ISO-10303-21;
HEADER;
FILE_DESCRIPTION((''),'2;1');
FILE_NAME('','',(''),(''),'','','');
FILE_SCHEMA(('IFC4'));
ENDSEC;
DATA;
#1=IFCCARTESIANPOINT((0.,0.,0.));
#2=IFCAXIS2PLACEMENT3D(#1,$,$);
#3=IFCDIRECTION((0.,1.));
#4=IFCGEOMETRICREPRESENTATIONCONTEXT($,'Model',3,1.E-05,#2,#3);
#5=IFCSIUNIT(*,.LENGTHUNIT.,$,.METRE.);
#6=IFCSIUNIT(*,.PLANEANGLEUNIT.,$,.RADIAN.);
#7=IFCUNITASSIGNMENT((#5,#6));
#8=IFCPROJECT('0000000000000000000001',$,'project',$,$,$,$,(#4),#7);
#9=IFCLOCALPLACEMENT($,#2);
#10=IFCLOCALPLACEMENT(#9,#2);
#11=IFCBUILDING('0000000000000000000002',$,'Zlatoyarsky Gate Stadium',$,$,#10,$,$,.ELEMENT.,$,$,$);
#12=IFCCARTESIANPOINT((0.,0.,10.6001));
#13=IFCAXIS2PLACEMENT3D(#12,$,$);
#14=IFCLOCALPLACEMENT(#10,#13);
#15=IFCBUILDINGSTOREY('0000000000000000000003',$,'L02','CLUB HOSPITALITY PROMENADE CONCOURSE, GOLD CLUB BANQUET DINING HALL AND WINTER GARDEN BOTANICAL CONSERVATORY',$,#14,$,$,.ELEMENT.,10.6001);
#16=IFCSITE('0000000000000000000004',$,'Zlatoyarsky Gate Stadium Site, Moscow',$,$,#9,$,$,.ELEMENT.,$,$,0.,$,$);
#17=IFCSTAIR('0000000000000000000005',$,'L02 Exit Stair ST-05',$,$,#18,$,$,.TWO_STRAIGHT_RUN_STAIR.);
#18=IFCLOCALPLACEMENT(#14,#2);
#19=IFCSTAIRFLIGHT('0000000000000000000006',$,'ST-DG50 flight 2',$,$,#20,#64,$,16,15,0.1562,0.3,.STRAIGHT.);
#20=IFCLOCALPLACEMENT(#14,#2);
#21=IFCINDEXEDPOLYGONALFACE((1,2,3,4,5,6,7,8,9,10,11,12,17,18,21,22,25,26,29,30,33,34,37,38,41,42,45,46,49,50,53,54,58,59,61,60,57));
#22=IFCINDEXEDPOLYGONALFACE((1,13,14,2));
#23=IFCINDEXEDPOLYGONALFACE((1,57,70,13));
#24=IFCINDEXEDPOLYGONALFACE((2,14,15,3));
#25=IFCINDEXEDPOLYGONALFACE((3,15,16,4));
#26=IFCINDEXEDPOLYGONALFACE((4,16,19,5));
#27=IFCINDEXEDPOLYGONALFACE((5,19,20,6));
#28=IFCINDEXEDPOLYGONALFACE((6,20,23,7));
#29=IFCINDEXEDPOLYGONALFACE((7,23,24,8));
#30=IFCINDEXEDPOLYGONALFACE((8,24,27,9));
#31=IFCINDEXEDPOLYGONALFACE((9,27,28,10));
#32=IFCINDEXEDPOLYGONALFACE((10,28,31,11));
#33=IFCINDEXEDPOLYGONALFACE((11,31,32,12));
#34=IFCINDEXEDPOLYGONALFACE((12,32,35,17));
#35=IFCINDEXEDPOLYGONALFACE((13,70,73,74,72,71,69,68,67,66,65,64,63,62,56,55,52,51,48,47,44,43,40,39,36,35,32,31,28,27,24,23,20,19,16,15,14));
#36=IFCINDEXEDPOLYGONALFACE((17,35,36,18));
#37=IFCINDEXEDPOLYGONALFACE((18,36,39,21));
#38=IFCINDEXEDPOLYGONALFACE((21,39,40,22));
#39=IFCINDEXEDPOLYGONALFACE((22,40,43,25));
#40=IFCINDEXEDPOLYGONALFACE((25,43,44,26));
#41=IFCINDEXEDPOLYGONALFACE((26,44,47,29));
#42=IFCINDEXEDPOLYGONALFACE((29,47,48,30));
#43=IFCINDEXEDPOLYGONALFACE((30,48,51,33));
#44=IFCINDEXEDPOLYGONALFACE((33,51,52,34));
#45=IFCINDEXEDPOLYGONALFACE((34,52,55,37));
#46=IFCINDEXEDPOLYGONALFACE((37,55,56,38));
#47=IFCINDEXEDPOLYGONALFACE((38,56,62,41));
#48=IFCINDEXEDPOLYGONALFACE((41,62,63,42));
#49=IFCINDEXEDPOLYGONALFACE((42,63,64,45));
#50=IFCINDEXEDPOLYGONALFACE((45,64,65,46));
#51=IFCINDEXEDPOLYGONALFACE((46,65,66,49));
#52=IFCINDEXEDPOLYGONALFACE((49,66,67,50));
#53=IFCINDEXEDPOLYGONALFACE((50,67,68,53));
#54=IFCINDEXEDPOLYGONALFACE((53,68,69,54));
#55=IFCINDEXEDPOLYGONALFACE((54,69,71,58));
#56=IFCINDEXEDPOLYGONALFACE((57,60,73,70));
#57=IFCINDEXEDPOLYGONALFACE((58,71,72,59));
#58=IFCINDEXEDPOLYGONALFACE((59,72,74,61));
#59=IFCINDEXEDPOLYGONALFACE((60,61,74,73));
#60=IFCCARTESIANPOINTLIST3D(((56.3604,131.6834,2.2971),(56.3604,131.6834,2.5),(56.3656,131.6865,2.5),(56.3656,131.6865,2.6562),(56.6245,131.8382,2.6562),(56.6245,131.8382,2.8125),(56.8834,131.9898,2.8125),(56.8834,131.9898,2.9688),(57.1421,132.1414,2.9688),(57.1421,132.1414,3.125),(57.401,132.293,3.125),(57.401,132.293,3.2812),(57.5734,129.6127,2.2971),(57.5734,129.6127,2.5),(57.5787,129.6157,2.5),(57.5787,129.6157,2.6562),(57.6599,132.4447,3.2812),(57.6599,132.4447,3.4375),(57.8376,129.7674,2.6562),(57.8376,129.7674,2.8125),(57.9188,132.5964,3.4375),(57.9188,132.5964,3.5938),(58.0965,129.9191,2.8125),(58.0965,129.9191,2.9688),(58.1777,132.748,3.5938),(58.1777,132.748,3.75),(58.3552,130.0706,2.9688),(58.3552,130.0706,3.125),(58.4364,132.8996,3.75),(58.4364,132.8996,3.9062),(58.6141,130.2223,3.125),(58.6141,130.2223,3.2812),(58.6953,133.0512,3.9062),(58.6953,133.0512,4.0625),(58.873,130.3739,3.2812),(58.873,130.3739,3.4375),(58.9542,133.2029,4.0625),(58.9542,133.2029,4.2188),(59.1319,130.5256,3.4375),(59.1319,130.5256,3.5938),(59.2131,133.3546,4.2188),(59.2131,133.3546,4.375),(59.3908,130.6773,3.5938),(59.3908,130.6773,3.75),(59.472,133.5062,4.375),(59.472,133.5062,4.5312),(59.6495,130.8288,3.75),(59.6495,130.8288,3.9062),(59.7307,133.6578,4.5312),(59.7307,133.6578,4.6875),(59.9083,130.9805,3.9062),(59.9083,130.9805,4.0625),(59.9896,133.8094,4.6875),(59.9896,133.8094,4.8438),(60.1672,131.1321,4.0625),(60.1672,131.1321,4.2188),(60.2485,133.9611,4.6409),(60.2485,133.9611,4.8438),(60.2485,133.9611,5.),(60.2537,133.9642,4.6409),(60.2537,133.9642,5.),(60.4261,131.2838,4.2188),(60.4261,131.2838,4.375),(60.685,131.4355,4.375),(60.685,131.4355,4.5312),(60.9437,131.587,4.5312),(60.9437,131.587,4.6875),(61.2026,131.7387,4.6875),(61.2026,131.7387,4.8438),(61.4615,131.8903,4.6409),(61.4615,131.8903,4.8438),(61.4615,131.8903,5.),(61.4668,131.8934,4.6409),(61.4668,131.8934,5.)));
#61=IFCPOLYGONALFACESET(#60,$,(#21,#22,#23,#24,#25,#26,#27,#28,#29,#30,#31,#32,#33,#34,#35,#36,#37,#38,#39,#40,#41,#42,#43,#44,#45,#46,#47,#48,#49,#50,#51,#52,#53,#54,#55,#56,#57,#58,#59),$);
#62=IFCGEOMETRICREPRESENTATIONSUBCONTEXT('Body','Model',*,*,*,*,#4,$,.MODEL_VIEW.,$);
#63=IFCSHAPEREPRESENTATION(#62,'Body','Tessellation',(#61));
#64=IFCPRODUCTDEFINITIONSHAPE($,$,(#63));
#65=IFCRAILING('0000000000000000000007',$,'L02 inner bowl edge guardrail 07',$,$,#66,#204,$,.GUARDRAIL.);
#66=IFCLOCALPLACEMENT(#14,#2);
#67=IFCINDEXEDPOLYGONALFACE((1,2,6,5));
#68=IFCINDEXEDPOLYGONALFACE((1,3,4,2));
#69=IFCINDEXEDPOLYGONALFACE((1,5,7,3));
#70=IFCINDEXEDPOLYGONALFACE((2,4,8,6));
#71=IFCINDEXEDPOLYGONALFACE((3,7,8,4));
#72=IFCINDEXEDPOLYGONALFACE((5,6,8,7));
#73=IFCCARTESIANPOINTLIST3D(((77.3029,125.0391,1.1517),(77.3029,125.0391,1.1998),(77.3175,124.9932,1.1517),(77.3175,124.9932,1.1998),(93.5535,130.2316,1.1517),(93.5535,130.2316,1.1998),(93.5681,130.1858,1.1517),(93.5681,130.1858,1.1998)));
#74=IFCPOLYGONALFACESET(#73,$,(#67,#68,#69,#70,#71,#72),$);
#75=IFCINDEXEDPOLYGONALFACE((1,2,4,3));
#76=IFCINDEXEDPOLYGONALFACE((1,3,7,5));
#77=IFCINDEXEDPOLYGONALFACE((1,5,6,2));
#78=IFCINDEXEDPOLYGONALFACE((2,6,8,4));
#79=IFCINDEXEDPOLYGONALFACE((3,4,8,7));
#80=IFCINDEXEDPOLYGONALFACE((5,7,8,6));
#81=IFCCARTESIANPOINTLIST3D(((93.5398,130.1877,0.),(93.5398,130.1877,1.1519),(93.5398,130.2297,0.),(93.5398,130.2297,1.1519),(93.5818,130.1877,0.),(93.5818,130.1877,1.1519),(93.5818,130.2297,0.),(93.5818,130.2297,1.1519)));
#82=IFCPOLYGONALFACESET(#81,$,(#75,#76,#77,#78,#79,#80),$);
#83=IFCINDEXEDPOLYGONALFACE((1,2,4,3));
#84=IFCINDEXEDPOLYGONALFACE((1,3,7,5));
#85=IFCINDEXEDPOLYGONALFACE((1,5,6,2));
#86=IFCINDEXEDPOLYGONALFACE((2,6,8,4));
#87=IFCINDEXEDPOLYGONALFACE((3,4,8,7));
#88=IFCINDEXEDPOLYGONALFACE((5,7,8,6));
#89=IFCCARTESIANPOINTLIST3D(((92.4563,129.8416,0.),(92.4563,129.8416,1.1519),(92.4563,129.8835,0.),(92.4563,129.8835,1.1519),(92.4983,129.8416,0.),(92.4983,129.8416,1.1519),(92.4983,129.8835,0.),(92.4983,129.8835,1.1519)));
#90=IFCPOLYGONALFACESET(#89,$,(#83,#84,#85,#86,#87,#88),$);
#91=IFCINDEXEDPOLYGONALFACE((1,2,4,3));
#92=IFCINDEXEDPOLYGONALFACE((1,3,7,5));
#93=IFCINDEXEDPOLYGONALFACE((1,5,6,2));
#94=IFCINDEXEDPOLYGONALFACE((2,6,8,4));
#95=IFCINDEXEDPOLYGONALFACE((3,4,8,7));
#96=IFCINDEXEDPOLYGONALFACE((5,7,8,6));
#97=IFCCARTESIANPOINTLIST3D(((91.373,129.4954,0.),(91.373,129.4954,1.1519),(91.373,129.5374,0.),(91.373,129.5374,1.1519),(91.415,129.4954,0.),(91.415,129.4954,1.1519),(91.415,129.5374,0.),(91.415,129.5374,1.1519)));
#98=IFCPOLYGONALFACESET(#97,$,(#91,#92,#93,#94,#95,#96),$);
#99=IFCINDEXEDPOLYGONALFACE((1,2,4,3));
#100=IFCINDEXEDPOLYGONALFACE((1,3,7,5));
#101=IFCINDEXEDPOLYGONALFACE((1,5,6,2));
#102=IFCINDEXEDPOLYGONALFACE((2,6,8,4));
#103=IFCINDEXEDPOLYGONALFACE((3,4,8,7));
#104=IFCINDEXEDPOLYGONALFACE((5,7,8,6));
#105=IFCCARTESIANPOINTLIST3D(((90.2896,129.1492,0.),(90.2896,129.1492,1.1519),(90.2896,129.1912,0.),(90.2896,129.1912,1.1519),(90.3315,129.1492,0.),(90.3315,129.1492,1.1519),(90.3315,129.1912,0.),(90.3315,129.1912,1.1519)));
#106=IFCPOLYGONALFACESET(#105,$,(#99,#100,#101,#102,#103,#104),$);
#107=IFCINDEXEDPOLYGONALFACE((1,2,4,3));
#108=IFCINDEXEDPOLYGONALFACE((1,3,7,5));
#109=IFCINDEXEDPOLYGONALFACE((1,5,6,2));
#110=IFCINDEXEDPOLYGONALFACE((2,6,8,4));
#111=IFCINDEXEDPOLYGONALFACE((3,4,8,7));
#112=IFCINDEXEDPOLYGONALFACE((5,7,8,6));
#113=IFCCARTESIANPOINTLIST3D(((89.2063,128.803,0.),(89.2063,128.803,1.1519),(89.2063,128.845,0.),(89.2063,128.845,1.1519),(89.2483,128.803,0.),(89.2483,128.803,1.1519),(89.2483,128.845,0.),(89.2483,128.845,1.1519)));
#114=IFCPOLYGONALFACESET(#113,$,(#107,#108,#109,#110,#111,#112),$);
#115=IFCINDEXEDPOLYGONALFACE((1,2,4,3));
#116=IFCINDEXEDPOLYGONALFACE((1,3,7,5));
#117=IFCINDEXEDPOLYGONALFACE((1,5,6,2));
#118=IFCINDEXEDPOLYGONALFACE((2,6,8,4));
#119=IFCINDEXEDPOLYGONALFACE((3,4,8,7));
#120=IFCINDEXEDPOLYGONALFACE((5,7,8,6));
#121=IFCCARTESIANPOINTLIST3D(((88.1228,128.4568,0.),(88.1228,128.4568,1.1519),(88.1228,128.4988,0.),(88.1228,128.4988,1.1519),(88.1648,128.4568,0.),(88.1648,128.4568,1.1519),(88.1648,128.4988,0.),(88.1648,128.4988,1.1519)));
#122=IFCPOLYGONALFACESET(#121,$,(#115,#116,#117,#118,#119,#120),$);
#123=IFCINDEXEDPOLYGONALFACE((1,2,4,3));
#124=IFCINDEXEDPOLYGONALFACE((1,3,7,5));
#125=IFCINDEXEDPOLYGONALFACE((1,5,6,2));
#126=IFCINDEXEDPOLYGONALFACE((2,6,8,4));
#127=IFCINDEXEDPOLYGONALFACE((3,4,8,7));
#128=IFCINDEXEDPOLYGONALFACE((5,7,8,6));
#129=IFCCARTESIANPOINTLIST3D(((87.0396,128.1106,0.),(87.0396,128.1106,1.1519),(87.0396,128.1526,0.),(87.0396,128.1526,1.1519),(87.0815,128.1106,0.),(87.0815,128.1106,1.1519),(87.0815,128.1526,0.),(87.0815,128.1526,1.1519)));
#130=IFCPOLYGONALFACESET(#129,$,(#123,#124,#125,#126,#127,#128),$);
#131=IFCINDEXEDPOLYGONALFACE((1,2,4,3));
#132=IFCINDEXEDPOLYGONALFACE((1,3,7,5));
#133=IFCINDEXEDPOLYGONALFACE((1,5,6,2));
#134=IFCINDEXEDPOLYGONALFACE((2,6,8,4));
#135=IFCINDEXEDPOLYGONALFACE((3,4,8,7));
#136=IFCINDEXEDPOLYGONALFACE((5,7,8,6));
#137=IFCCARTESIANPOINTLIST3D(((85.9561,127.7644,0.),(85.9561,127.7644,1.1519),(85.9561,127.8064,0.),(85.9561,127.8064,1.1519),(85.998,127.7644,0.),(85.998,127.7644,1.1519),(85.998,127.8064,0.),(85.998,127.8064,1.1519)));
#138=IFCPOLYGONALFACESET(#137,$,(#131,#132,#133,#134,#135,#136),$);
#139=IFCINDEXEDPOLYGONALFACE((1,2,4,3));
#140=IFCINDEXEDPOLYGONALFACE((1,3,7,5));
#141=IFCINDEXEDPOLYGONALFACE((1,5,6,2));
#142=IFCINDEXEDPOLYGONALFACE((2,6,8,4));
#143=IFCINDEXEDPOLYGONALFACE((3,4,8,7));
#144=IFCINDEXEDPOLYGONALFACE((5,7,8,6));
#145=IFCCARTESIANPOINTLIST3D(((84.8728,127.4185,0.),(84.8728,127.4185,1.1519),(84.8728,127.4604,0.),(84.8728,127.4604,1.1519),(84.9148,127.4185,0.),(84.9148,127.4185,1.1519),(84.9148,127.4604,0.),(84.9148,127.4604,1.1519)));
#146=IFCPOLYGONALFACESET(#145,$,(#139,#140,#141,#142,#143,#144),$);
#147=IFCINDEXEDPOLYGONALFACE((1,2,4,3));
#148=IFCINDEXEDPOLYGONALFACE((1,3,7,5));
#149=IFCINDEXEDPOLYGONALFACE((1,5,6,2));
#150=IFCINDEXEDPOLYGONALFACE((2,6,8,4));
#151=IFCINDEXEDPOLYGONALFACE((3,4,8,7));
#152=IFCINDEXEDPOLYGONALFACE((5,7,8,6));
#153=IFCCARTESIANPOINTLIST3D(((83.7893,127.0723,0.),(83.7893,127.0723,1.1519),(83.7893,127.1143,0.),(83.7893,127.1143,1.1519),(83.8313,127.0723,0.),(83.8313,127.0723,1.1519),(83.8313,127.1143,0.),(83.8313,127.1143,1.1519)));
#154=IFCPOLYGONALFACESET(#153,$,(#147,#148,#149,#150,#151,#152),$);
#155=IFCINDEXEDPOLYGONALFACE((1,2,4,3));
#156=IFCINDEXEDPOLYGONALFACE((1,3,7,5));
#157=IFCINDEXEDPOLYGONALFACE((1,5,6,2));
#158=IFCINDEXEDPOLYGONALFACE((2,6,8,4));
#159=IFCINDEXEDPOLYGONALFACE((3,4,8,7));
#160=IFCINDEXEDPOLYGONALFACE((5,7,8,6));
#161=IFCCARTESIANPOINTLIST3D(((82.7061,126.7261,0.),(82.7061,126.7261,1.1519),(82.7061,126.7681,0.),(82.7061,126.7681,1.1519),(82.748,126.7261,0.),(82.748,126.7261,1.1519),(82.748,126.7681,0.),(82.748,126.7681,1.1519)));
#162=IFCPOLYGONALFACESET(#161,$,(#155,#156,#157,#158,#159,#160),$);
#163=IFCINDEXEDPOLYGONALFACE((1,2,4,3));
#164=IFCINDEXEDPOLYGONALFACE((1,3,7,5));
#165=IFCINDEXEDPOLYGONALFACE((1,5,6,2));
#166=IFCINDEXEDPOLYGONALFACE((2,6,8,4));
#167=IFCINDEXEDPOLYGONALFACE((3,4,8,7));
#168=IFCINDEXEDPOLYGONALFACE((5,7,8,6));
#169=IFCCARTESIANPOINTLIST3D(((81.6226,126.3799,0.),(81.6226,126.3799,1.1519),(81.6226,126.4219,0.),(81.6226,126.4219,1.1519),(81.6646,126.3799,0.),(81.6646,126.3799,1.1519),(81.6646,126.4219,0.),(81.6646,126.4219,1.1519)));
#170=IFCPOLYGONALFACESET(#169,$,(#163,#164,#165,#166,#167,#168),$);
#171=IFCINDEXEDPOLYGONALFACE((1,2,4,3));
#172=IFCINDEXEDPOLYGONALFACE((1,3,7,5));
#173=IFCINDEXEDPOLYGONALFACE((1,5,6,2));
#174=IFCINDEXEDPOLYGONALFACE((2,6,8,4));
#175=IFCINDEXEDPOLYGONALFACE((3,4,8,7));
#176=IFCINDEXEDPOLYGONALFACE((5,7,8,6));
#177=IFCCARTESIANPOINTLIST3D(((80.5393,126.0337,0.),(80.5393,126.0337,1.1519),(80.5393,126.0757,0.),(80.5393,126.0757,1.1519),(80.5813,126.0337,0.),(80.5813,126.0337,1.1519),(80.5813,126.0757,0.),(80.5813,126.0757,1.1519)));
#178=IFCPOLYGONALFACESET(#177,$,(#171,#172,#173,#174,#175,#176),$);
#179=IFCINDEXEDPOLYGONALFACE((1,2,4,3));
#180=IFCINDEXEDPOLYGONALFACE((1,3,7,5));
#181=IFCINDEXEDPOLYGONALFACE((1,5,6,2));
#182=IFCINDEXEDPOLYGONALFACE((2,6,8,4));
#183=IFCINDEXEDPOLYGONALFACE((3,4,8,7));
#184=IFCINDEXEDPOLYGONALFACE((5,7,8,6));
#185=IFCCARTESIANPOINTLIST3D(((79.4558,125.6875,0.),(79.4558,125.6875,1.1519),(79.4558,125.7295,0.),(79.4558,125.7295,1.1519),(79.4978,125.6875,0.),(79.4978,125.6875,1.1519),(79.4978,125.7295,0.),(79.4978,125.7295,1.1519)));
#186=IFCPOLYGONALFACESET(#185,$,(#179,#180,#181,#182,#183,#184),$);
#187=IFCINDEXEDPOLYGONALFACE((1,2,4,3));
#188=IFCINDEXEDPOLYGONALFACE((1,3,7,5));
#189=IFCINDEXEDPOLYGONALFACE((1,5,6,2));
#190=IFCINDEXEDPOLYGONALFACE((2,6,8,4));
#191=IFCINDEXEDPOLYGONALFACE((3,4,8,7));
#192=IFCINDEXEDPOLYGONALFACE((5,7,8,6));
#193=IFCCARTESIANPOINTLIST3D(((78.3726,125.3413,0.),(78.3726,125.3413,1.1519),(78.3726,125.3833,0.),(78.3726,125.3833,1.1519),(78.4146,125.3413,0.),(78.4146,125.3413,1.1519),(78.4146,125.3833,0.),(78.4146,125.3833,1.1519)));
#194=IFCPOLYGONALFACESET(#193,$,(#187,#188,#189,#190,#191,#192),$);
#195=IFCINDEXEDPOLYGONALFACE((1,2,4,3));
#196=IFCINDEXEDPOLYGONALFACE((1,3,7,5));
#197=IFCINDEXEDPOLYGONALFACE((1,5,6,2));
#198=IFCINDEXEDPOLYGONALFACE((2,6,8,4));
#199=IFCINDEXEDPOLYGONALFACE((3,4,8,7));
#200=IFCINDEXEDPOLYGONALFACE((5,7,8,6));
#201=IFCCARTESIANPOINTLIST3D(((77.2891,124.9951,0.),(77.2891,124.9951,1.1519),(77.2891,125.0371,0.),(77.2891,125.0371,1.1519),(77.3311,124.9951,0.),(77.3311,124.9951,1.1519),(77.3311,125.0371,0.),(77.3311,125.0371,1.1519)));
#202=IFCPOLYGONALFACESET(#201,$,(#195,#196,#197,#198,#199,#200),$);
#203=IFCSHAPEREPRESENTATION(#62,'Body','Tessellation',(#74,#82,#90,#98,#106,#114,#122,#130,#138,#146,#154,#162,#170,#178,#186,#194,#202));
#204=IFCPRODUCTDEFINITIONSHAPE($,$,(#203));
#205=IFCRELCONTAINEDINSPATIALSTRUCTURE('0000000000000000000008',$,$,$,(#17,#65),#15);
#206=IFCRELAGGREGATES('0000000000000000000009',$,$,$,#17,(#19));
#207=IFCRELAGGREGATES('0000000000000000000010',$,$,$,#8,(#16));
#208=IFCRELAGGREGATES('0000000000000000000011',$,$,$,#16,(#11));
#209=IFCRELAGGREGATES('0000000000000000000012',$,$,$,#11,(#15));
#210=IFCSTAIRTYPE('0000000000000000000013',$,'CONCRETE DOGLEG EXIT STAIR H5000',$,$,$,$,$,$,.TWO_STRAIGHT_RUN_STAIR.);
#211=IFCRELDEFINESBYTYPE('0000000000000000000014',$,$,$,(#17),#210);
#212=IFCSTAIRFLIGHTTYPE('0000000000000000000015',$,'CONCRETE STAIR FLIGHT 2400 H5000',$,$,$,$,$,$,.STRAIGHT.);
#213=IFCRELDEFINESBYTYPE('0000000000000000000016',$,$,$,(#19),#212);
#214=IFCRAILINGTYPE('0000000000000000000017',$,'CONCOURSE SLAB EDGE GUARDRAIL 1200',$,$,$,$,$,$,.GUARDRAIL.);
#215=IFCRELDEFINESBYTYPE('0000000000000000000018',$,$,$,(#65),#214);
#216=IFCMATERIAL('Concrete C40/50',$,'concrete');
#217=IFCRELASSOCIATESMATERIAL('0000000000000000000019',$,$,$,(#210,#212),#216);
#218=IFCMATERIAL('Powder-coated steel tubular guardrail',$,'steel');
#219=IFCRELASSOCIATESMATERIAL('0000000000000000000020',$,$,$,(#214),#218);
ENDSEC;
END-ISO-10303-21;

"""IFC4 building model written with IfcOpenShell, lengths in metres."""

from ifc_helpers import new_model, si_unit, direction, frame, origin, origin_2d, place, context, subcontext, project, spatial, polyline, rectangle, outline, extrude, material, type_object, element, aggregate, save


model = new_model("IFC4")

# Units and contexts
model_context = context("Model", 3, precision=1e-05, world=origin(), true_north=direction((0.0, 1.0)))
body_context = subcontext(model_context, "Body", "Model", "MODEL_VIEW")
ifc_project = project(units=[si_unit("LENGTHUNIT", "METRE"), si_unit("PLANEANGLEUNIT", "RADIAN")], contexts=[model_context])

# Site, building, storey
site_placement = place(None, origin())
site = spatial("IfcSite", under=ifc_project, at=site_placement, Name="Zlatoyarsky Gate Stadium Site, Moscow", CompositionType="ELEMENT", RefElevation=0.0)
building_placement = place(site_placement, origin())
building = spatial("IfcBuilding", under=site, at=building_placement, Name="Zlatoyarsky Gate Stadium", CompositionType="ELEMENT")
storey_placement = place(building_placement, frame((0.0, 0.0, 10.6001)))
storey = spatial("IfcBuildingStorey", under=building, at=storey_placement, Name="L02", Description="CLUB HOSPITALITY PROMENADE CONCOURSE, GOLD CLUB BANQUET DINING HALL AND WINTER GARDEN BOTANICAL CONSERVATORY", CompositionType="ELEMENT", Elevation=10.6001)

# Shared definitions
ifc_material_1 = material(Name="Concrete C40/50", Category="concrete")

# Stair, stair flight
stair_type = type_object("IfcStairType", Name="CONCRETE DOGLEG EXIT STAIR H5000", PredefinedType="TWO_STRAIGHT_RUN_STAIR", material=ifc_material_1)
stair_placement = place(storey_placement, origin())
stair = element("IfcStair", 1, at=stair_placement, inside=storey, type_object=stair_type, Name="L02 Exit Stair ST-05", PredefinedType="TWO_STRAIGHT_RUN_STAIR")
stair_flight_type = type_object("IfcStairFlightType", Name="CONCRETE STAIR FLIGHT 2400 H5000", PredefinedType="STRAIGHT", material=ifc_material_1)
stair_flight_placement = place(storey_placement, frame((56.9722, 130.6511, 2.5), z_axis=(0.0, 0.0, 1.0), x_axis=(0.862848, 0.505463, 0.0)))
stair_flight = element("IfcStairFlight", 2, at=stair_flight_placement, type_object=stair_flight_type, Name="ST-DG50 flight 2", NumberOfRisers=16, NumberOfTreads=15, PredefinedType="STRAIGHT", RiserHeight=0.1562, TreadLength=0.3, context=body_context, shape_type="SweptSolid", body=[
    extrude(outline(polyline([(-0.0061, -0.2029), (-0.0061, 0.0), (0.0, 0.0), (0.0, 0.1562), (0.3, 0.1562), (0.3, 0.3125), (0.6001, 0.3125), (0.6001, 0.4688), (0.8999, 0.4688), (0.8999, 0.625), (1.2, 0.625), (1.2, 0.7812), (1.5, 0.7812), (1.5, 0.9375), (1.8, 0.9375), (1.8, 1.0938), (2.1001, 1.0938), (2.1001, 1.25), (2.3999, 1.25), (2.3999, 1.4062), (2.7, 1.4062), (2.7, 1.5625), (3.0, 1.5625), (3.0, 1.7188), (3.3, 1.7188), (3.3, 1.875), (3.6001, 1.875), (3.6001, 2.0312), (3.8999, 2.0312), (3.8999, 2.1875), (4.2, 2.1875), (4.2, 2.3438), (4.5, 2.3438), (4.5, 2.5), (4.5061, 2.5), (4.5061, 2.1409), (4.5, 2.1409), (-0.0061, -0.2029)])), frame((0.0, 1.2, 0.0), z_axis=(0.0, -1.0, 0.0), x_axis=(1.0, 0.0, 0.0)), (0.0, 0.0, 1.0), 2.3999),
])
aggregate(stair, [stair_flight])

# Railing
ifc_material_2 = material(Name="Powder-coated steel tubular guardrail", Category="steel")
railing_type_1 = type_object("IfcRailingType", Name="CONCOURSE SLAB EDGE GUARDRAIL 1200", PredefinedType="GUARDRAIL", material=ifc_material_2)
railing_1_placement = place(storey_placement, frame((93.5608, 130.2087, 0.0)))
element("IfcRailing", 3, at=railing_1_placement, inside=storey, type_object=railing_type_1, Name="L02 inner bowl edge guardrail 07", PredefinedType="GUARDRAIL", context=body_context, shape_type="SweptSolid", body=[
    extrude(rectangle(XDim=0.0481, YDim=0.0481, at=origin_2d()), frame((0.0, 0.0, 1.1758), z_axis=(-0.952554, -0.304371, 0.0), x_axis=(0.304371, -0.952554, 0.0)), (0.0, 0.0, 1.0), 17.0601),
    extrude(rectangle(XDim=0.042, YDim=0.042, at=origin_2d()), origin(), (0.0, 0.0, 1.0), 1.1519),
    extrude(rectangle(XDim=0.042, YDim=0.042, at=origin_2d()), frame((-1.0835, -0.3462, 0.0)), (0.0, 0.0, 1.0), 1.1519),
    extrude(rectangle(XDim=0.042, YDim=0.042, at=origin_2d()), frame((-2.1667, -0.6924, 0.0)), (0.0, 0.0, 1.0), 1.1519),
    extrude(rectangle(XDim=0.042, YDim=0.042, at=origin_2d()), frame((-3.2502, -1.0386, 0.0)), (0.0, 0.0, 1.0), 1.1519),
    extrude(rectangle(XDim=0.042, YDim=0.042, at=origin_2d()), frame((-4.3335, -1.3848, 0.0)), (0.0, 0.0, 1.0), 1.1519),
    extrude(rectangle(XDim=0.042, YDim=0.042, at=origin_2d()), frame((-5.417, -1.731, 0.0)), (0.0, 0.0, 1.0), 1.1519),
    extrude(rectangle(XDim=0.042, YDim=0.042, at=origin_2d()), frame((-6.5002, -2.0771, 0.0)), (0.0, 0.0, 1.0), 1.1519),
    extrude(rectangle(XDim=0.042, YDim=0.042, at=origin_2d()), frame((-7.5837, -2.4233, 0.0)), (0.0, 0.0, 1.0), 1.1519),
    extrude(rectangle(XDim=0.042, YDim=0.042, at=origin_2d()), frame((-8.667, -2.7693, 0.0)), (0.0, 0.0, 1.0), 1.1519),
    extrude(rectangle(XDim=0.042, YDim=0.042, at=origin_2d()), frame((-9.7505, -3.1155, 0.0)), (0.0, 0.0, 1.0), 1.1519),
    extrude(rectangle(XDim=0.042, YDim=0.042, at=origin_2d()), frame((-10.8337, -3.4617, 0.0)), (0.0, 0.0, 1.0), 1.1519),
    extrude(rectangle(XDim=0.042, YDim=0.042, at=origin_2d()), frame((-11.9172, -3.8079, 0.0)), (0.0, 0.0, 1.0), 1.1519),
    extrude(rectangle(XDim=0.042, YDim=0.042, at=origin_2d()), frame((-13.0005, -4.1541, 0.0)), (0.0, 0.0, 1.0), 1.1519),
    extrude(rectangle(XDim=0.042, YDim=0.042, at=origin_2d()), frame((-14.084, -4.5002, 0.0)), (0.0, 0.0, 1.0), 1.1519),
    extrude(rectangle(XDim=0.042, YDim=0.042, at=origin_2d()), frame((-15.1672, -4.8464, 0.0)), (0.0, 0.0, 1.0), 1.1519),
    extrude(rectangle(XDim=0.042, YDim=0.042, at=origin_2d()), frame((-16.2507, -5.1926, 0.0)), (0.0, 0.0, 1.0), 1.1519),
])

save(model, "model.ifc")
